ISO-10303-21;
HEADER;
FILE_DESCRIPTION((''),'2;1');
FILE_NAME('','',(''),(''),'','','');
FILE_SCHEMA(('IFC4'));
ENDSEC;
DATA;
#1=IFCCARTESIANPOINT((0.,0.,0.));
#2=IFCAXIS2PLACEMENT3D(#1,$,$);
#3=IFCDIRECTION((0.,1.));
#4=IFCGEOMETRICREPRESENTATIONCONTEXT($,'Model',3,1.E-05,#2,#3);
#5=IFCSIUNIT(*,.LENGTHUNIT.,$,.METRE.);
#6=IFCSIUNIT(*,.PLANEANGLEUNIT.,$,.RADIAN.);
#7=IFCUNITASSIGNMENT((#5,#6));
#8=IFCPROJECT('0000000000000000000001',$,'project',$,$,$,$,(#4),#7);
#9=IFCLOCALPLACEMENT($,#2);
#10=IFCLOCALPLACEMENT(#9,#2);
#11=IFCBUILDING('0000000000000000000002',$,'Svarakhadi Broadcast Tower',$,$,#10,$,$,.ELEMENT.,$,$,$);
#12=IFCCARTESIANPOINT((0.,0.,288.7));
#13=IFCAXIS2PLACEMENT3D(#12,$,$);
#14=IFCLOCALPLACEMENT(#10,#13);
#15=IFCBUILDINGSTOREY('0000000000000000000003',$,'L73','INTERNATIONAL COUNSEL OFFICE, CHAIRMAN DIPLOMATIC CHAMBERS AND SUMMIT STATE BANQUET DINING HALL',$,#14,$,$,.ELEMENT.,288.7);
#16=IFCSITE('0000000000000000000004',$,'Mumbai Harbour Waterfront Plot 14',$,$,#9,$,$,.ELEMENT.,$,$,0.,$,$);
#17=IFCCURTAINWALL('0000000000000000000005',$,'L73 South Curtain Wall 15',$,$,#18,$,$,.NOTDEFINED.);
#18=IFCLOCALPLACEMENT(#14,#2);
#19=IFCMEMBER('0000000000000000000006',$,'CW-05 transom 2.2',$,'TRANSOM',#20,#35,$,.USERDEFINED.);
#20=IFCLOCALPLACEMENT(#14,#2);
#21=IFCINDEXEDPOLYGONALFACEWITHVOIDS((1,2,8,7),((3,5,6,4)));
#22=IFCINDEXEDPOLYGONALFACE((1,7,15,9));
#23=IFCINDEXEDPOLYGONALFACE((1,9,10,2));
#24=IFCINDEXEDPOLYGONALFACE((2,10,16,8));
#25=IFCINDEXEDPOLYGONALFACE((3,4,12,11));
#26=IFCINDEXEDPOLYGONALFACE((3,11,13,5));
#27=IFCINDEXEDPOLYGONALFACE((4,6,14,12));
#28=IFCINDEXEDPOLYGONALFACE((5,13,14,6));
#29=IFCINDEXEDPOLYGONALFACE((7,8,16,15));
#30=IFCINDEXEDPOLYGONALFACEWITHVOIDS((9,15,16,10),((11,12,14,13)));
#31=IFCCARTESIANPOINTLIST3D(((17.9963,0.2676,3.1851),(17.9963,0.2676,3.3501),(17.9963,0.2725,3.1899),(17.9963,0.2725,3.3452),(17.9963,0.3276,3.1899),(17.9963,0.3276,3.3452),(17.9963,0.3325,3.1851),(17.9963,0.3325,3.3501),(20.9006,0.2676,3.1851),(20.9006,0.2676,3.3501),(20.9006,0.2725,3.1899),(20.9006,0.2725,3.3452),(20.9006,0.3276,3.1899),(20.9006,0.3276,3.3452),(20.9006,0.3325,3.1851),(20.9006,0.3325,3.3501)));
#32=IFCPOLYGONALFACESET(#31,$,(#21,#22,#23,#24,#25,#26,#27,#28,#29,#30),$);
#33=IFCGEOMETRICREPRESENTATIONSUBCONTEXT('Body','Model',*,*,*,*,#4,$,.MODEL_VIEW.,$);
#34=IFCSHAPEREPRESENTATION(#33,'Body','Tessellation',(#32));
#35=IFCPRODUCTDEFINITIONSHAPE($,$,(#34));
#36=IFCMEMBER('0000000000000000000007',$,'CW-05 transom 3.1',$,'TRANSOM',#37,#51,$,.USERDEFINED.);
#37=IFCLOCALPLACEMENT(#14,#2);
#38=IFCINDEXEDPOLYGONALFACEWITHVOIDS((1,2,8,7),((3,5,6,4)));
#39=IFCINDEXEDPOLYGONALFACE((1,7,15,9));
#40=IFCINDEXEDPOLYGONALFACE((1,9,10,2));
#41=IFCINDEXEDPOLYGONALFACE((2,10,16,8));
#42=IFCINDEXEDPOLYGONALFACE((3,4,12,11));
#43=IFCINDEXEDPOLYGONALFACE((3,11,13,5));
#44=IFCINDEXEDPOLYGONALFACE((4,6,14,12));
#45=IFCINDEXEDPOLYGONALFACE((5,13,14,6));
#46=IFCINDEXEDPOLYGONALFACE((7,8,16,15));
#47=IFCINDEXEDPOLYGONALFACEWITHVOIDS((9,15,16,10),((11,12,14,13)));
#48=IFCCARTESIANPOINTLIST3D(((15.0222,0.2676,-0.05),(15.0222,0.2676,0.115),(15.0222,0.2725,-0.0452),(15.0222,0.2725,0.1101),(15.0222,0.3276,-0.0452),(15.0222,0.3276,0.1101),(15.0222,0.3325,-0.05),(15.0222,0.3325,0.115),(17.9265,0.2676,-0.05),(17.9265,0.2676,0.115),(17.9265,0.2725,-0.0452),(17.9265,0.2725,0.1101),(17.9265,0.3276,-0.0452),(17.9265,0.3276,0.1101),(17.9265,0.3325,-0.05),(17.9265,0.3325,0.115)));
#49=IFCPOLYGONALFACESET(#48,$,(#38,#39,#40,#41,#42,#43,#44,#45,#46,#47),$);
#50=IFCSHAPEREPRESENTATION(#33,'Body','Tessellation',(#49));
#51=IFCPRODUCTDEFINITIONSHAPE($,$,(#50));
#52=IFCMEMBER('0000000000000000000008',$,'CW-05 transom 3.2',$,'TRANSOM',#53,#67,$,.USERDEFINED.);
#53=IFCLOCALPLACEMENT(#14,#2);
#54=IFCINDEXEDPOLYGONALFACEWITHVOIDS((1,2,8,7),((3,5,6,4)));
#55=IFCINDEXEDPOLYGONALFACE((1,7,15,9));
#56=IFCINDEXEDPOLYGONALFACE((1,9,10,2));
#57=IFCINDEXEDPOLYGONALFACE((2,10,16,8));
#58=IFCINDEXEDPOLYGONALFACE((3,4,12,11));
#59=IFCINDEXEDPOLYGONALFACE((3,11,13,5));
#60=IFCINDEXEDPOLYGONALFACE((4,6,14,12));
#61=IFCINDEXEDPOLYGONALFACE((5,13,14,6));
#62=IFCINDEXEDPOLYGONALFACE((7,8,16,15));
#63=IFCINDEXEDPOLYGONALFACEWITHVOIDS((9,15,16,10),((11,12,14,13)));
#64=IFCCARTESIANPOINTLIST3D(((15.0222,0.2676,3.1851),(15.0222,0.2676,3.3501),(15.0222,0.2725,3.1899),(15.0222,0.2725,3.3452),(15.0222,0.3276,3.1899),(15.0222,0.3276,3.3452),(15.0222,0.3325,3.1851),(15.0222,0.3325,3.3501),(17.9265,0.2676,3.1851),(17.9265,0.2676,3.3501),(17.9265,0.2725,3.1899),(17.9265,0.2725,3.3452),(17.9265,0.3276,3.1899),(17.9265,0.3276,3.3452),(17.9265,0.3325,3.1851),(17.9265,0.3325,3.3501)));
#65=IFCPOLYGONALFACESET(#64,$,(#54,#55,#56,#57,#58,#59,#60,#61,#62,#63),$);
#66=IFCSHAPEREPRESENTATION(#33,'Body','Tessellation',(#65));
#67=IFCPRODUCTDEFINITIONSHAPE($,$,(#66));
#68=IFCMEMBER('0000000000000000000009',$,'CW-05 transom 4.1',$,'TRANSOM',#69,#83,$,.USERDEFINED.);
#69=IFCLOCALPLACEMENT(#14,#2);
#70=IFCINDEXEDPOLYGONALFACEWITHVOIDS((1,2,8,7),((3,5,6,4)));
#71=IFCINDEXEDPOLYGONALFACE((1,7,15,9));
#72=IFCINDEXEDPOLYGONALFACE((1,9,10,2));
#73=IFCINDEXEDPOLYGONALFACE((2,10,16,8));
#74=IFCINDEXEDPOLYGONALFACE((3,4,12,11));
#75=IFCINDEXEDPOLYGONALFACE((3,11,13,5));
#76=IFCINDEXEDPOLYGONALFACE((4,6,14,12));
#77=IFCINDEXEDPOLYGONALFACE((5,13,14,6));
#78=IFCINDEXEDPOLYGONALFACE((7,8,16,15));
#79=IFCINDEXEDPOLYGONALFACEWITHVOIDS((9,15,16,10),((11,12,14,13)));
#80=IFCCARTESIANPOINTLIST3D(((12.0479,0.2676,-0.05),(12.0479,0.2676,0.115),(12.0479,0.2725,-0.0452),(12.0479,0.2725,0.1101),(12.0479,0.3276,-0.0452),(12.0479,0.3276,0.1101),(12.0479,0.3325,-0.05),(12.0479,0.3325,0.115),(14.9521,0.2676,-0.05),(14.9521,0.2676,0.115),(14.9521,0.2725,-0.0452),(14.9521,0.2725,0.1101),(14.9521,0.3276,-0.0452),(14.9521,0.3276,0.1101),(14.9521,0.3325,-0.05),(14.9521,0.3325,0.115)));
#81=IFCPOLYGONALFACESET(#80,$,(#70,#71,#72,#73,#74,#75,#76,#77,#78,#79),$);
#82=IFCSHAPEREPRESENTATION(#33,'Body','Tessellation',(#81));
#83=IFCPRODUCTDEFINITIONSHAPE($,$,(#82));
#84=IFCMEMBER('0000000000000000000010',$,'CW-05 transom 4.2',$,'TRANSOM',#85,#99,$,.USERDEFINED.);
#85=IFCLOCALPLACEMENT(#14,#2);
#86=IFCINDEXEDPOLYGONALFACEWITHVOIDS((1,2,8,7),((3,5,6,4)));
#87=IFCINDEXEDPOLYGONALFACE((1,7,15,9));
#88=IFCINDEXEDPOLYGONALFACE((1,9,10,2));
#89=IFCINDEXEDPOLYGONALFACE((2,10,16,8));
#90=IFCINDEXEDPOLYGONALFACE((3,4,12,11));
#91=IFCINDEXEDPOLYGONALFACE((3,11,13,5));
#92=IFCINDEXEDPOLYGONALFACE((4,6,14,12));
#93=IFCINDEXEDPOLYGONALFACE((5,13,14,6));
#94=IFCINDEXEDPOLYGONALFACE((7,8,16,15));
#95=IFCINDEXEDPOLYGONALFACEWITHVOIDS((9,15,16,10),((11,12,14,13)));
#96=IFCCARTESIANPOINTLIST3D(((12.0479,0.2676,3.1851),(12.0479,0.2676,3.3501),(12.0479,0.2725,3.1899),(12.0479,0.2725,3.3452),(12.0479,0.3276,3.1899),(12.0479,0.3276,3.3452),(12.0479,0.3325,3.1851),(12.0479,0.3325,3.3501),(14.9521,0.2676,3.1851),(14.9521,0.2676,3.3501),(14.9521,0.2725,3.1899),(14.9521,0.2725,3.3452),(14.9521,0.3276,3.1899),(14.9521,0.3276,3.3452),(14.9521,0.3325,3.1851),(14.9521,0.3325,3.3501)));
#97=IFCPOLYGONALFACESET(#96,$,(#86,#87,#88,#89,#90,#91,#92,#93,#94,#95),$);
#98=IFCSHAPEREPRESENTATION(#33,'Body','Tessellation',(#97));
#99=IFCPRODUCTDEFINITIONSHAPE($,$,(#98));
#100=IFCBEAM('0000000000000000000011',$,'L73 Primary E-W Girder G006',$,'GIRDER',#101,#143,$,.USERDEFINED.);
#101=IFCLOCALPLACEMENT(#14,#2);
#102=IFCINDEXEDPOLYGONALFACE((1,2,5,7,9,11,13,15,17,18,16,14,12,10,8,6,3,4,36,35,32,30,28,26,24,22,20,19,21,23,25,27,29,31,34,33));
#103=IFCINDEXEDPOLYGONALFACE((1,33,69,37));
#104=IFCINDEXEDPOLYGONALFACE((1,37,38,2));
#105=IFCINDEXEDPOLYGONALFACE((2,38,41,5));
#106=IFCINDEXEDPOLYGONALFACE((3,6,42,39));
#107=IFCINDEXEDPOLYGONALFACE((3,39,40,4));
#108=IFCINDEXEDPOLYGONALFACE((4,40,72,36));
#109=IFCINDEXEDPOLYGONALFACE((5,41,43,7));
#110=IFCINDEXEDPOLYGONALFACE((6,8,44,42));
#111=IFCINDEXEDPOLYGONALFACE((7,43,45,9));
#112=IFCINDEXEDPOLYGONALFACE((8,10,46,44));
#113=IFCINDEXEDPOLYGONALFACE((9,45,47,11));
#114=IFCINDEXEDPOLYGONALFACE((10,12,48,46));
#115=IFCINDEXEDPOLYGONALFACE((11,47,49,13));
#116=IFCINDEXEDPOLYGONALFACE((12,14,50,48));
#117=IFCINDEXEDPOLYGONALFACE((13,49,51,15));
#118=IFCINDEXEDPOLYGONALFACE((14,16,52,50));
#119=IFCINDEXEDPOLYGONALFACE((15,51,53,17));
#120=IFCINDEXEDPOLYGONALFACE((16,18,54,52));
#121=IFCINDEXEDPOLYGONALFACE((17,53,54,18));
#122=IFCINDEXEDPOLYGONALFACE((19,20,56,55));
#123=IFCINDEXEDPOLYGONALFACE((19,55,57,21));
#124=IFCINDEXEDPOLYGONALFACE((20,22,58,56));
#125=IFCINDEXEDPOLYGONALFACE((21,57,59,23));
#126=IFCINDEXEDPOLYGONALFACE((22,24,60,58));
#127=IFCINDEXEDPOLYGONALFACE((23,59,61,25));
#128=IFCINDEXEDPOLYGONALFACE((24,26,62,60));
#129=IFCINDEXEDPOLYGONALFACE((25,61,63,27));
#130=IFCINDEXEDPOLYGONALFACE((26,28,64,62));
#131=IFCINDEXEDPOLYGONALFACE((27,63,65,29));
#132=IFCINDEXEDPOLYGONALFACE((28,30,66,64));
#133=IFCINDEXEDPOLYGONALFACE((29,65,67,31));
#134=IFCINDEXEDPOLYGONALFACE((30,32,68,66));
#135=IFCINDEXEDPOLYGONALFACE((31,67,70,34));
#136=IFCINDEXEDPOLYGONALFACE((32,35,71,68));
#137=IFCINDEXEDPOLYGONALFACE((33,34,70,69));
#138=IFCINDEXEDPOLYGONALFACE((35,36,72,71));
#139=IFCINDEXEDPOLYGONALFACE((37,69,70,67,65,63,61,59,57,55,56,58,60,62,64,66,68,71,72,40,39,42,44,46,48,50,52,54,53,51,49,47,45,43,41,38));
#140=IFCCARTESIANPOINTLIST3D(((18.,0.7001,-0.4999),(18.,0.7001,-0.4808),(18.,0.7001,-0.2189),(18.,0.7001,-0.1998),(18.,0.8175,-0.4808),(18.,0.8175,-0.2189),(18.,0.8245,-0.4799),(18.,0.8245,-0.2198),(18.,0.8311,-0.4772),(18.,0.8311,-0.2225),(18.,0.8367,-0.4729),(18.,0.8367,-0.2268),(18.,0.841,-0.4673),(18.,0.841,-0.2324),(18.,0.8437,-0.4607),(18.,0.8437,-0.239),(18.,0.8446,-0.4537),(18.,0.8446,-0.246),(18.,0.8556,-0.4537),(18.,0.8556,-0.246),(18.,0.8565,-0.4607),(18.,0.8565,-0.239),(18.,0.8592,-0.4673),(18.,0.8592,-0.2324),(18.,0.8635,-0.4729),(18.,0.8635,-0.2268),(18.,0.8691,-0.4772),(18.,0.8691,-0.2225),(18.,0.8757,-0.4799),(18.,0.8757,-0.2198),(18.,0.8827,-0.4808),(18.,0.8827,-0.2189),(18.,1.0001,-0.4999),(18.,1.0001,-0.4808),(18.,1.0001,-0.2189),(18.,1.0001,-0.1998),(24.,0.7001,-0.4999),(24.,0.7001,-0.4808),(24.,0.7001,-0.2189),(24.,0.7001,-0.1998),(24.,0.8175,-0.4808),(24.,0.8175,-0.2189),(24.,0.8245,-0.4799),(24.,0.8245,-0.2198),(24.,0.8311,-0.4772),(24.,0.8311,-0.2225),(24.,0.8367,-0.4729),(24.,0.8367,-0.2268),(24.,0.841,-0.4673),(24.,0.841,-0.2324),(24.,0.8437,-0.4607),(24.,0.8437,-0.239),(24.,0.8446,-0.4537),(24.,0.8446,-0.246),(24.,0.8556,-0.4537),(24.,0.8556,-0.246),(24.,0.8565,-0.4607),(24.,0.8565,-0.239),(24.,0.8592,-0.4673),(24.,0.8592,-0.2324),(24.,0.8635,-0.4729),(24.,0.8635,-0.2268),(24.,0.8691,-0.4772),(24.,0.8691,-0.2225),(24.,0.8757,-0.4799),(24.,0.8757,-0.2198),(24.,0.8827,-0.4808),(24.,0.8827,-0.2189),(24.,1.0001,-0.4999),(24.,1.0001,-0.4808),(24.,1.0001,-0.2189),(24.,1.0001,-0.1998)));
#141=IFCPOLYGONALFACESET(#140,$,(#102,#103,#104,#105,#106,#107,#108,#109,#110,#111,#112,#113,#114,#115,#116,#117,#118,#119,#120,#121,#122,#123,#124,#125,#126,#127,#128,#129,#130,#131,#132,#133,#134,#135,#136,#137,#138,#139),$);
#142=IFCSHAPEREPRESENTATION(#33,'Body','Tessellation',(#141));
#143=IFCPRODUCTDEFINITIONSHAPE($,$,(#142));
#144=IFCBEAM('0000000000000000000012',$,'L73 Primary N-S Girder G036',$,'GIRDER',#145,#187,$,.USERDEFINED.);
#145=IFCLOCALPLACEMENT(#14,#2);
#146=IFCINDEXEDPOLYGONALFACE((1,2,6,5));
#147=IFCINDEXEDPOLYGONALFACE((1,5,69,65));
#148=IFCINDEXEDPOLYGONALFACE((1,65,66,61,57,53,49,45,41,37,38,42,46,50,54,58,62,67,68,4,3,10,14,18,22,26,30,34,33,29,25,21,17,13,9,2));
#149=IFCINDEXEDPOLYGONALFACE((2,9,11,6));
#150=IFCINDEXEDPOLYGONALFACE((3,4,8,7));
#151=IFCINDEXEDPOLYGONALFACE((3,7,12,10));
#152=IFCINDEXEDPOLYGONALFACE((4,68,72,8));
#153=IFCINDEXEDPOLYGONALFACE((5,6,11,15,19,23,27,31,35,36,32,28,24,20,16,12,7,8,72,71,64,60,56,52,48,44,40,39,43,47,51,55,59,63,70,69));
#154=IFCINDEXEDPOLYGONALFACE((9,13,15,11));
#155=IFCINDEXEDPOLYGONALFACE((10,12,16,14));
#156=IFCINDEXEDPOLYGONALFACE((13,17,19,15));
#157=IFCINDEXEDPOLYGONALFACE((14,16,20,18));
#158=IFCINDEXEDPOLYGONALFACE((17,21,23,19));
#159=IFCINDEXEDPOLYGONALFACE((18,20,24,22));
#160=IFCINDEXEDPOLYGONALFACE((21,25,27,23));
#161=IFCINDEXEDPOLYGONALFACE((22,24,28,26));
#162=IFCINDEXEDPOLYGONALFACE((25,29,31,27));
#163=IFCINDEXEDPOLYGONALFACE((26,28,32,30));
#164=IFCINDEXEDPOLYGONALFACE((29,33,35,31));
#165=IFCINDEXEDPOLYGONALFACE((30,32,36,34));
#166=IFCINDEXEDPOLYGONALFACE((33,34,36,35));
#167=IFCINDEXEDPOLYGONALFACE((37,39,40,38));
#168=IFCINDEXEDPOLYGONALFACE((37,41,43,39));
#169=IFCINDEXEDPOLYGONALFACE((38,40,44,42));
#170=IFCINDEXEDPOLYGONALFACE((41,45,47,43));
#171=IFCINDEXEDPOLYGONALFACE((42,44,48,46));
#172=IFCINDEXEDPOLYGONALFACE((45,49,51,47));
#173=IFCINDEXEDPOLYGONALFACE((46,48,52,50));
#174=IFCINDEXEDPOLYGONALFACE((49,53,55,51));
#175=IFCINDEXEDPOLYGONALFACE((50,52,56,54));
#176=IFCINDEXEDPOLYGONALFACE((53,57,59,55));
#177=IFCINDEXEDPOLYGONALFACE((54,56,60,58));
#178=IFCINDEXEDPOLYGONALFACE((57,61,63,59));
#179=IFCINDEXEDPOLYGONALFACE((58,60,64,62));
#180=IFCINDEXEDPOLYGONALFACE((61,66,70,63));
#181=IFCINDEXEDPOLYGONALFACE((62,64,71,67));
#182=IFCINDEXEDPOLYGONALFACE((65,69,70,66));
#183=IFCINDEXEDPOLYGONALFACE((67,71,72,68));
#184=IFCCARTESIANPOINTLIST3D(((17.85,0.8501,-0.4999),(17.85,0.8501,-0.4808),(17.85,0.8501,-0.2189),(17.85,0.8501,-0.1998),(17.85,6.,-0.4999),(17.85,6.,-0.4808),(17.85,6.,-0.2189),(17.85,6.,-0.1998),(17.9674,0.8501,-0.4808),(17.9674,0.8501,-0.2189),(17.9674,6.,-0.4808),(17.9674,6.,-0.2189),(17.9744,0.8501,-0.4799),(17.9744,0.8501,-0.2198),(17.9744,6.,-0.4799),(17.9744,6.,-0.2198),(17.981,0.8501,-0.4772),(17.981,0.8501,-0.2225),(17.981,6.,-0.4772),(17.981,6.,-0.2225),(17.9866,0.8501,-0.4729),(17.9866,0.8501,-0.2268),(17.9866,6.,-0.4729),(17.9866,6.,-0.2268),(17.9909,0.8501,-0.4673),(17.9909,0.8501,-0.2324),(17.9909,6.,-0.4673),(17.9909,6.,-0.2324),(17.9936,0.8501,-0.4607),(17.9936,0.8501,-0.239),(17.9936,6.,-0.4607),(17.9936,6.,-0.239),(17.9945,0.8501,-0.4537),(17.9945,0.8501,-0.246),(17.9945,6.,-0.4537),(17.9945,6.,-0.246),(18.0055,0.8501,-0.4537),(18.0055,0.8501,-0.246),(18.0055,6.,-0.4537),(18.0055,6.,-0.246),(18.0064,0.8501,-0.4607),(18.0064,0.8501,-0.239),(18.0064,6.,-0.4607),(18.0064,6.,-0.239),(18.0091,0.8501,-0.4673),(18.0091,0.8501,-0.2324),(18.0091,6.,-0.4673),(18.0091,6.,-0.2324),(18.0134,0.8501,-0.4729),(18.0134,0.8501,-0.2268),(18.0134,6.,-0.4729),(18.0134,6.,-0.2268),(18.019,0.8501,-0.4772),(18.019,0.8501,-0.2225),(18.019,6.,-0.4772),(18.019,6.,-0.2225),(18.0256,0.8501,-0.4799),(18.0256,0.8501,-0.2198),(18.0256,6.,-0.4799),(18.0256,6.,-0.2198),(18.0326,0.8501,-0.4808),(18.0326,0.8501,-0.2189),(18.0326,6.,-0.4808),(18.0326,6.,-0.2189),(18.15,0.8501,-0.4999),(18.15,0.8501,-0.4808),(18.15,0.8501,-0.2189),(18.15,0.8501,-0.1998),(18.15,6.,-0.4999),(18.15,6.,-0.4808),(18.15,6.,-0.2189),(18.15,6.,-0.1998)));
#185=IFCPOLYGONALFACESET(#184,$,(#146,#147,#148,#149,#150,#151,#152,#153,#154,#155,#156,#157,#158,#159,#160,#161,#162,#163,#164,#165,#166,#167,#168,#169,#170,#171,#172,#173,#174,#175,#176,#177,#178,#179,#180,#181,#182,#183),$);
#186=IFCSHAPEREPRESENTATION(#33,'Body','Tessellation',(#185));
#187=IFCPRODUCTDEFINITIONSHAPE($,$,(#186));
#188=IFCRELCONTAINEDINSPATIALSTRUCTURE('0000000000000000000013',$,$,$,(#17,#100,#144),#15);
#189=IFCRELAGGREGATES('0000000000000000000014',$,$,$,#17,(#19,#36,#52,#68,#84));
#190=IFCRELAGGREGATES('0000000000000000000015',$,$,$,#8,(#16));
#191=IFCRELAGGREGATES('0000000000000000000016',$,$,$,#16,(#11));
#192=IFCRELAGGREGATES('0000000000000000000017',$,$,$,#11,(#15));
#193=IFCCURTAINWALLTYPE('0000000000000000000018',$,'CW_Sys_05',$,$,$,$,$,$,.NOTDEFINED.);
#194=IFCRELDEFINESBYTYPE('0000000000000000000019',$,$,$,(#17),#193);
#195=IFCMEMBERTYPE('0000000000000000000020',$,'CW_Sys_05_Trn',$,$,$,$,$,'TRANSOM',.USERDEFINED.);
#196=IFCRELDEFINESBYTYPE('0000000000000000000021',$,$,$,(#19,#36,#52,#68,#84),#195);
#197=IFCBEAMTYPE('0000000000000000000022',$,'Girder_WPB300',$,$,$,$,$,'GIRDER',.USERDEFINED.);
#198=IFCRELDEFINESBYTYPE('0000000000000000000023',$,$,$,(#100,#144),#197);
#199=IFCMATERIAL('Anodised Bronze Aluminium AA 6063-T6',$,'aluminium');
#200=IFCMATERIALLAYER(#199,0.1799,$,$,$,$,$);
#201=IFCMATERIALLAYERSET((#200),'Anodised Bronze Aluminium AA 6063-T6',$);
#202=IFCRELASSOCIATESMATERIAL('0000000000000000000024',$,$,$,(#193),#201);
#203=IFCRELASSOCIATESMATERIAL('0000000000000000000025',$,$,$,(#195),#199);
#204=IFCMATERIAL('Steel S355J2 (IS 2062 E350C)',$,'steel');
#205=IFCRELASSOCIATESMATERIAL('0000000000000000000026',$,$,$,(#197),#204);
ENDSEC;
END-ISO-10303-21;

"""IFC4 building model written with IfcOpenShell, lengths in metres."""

from ifc_helpers import new_model, si_unit, direction, frame, origin, origin_2d, place, context, subcontext, project, spatial, hollow_rectangle, i_section, extrude, material, layer, layer_set, material_profile, profile_set, type_object, element, aggregate, save


model = new_model("IFC4")

# Units and contexts
model_context = context("Model", 3, precision=1e-05, world=origin(), true_north=direction((0.0, 1.0)))
body_context = subcontext(model_context, "Body", "Model", "MODEL_VIEW")
ifc_project = project(units=[si_unit("LENGTHUNIT", "METRE"), si_unit("PLANEANGLEUNIT", "RADIAN")], contexts=[model_context])

# Site, building, storey
site_placement = place(None, origin())
site = spatial("IfcSite", under=ifc_project, at=site_placement, Name="Mumbai Harbour Waterfront Plot 14", CompositionType="ELEMENT", RefElevation=0.0)
building_placement = place(site_placement, origin())
building = spatial("IfcBuilding", under=site, at=building_placement, Name="Svarakhadi Broadcast Tower", CompositionType="ELEMENT")
storey_placement = place(building_placement, frame((0.0, 0.0, 288.7)))
storey = spatial("IfcBuildingStorey", under=building, at=storey_placement, Name="L73", Description="INTERNATIONAL COUNSEL OFFICE, CHAIRMAN DIPLOMATIC CHAMBERS AND SUMMIT STATE BANQUET DINING HALL", CompositionType="ELEMENT", Elevation=288.7)

# Curtain wall, members
ifc_material_1 = material(Name="Anodised Bronze Aluminium AA 6063-T6", Category="aluminium")
ifc_layer_1 = layer(ifc_material_1, 0.1799)
ifc_layer_set_1 = layer_set([ifc_layer_1], Name="Anodised Bronze Aluminium AA 6063-T6")
curtain_wall_type = type_object("IfcCurtainWallType", Name="CW_Sys_05", PredefinedType="NOTDEFINED", material=ifc_layer_set_1)
curtain_wall_placement = place(storey_placement, origin())
curtain_wall = element("IfcCurtainWall", 1, at=curtain_wall_placement, inside=storey, type_object=curtain_wall_type, Name="L73 South Curtain Wall 15", PredefinedType="NOTDEFINED")
ifc_material_profile_1 = material_profile(ifc_material_1, hollow_rectangle(XDim=0.0649, YDim=0.165, WallThickness=0.0049, at=origin_2d()), Name="ALU TRANSOM 165x65x5")
ifc_profile_set_1 = profile_set([ifc_material_profile_1], Name="Anodised Bronze Aluminium AA 6063-T6")
member_type_1 = type_object("IfcMemberType", Name="CW_Sys_05_Trn", ElementType="TRANSOM", PredefinedType="USERDEFINED", material=ifc_profile_set_1)
member_1_placement = place(storey_placement, frame((20.9006, 0.3, 3.2676), z_axis=(-1.0, 0.0, 0.0), x_axis=(0.0, -1.0, 0.0)))
member_1 = element("IfcMember", 2, at=member_1_placement, type_object=member_type_1, Name="CW-05 transom 2.2", ObjectType="TRANSOM", PredefinedType="USERDEFINED", context=body_context, shape_type="SweptSolid", body=[
    extrude(hollow_rectangle(XDim=0.0649, YDim=0.165, WallThickness=0.0049, at=origin_2d()), origin(), (0.0, 0.0, 1.0), 2.9043),
])
member_2_placement = place(storey_placement, frame((17.9265, 0.3, 0.0325), z_axis=(-1.0, 0.0, 0.0), x_axis=(0.0, -1.0, 0.0)))
member_2 = element("IfcMember", 3, at=member_2_placement, type_object=member_type_1, Name="CW-05 transom 3.1", ObjectType="TRANSOM", PredefinedType="USERDEFINED", context=body_context, shape_type="SweptSolid", body=[
    extrude(hollow_rectangle(XDim=0.0649, YDim=0.165, WallThickness=0.0049, at=origin_2d()), origin(), (0.0, 0.0, 1.0), 2.9043),
])
member_3_placement = place(storey_placement, frame((17.9265, 0.3, 3.2676), z_axis=(-1.0, 0.0, 0.0), x_axis=(0.0, -1.0, 0.0)))
member_3 = element("IfcMember", 4, at=member_3_placement, type_object=member_type_1, Name="CW-05 transom 3.2", ObjectType="TRANSOM", PredefinedType="USERDEFINED", context=body_context, shape_type="SweptSolid", body=[
    extrude(hollow_rectangle(XDim=0.0649, YDim=0.165, WallThickness=0.0049, at=origin_2d()), origin(), (0.0, 0.0, 1.0), 2.9043),
])
member_4_placement = place(storey_placement, frame((14.9521, 0.3, 0.0325), z_axis=(-1.0, 0.0, 0.0), x_axis=(0.0, -1.0, 0.0)))
member_4 = element("IfcMember", 5, at=member_4_placement, type_object=member_type_1, Name="CW-05 transom 4.1", ObjectType="TRANSOM", PredefinedType="USERDEFINED", context=body_context, shape_type="SweptSolid", body=[
    extrude(hollow_rectangle(XDim=0.0649, YDim=0.165, WallThickness=0.0049, at=origin_2d()), origin(), (0.0, 0.0, 1.0), 2.9043),
])
member_5_placement = place(storey_placement, frame((14.9521, 0.3, 3.2676), z_axis=(-1.0, 0.0, 0.0), x_axis=(0.0, -1.0, 0.0)))
member_5 = element("IfcMember", 6, at=member_5_placement, type_object=member_type_1, Name="CW-05 transom 4.2", ObjectType="TRANSOM", PredefinedType="USERDEFINED", context=body_context, shape_type="SweptSolid", body=[
    extrude(hollow_rectangle(XDim=0.0649, YDim=0.165, WallThickness=0.0049, at=origin_2d()), origin(), (0.0, 0.0, 1.0), 2.9043),
])

# Beams
ifc_material_2 = material(Name="Steel S355J2 (IS 2062 E350C)", Category="steel")
ifc_material_profile_2 = material_profile(ifc_material_2, i_section(OverallWidth=0.3, OverallDepth=0.3, WebThickness=0.011, FlangeThickness=0.019, FilletRadius=0.0271, at=origin_2d()), Name="WPB 300x300x117")
ifc_profile_set_2 = profile_set([ifc_material_profile_2], Name="Steel S355J2 (IS 2062 E350C)")
beam_type_1 = type_object("IfcBeamType", Name="Girder_WPB300", ElementType="GIRDER", PredefinedType="USERDEFINED", material=ifc_profile_set_2)
beam_1_placement = place(storey_placement, frame((18.0, 0.8501, -0.3499), z_axis=(1.0, 0.0, 0.0), x_axis=(0.0, 1.0, 0.0)))
element("IfcBeam", 7, at=beam_1_placement, inside=storey, type_object=beam_type_1, Name="L73 Primary E-W Girder G006", ObjectType="GIRDER", PredefinedType="USERDEFINED", context=body_context, shape_type="SweptSolid", body=[
    extrude(i_section(OverallWidth=0.3, OverallDepth=0.3, WebThickness=0.011, FlangeThickness=0.019, FilletRadius=0.0271, at=origin_2d()), origin(), (0.0, 0.0, 1.0), 6.0),
])
beam_2_placement = place(storey_placement, frame((18.0, 0.8501, -0.3499), z_axis=(0.0, 1.0, 0.0), x_axis=(-1.0, 0.0, 0.0)))
element("IfcBeam", 8, at=beam_2_placement, inside=storey, type_object=beam_type_1, Name="L73 Primary N-S Girder G036", ObjectType="GIRDER", PredefinedType="USERDEFINED", context=body_context, shape_type="SweptSolid", body=[
    extrude(i_section(OverallWidth=0.3, OverallDepth=0.3, WebThickness=0.011, FlangeThickness=0.019, FilletRadius=0.0271, at=origin_2d()), origin(), (0.0, 0.0, 1.0), 5.1499),
])

aggregate(curtain_wall, [member_1, member_2, member_3, member_4, member_5])

save(model, "model.ifc")
